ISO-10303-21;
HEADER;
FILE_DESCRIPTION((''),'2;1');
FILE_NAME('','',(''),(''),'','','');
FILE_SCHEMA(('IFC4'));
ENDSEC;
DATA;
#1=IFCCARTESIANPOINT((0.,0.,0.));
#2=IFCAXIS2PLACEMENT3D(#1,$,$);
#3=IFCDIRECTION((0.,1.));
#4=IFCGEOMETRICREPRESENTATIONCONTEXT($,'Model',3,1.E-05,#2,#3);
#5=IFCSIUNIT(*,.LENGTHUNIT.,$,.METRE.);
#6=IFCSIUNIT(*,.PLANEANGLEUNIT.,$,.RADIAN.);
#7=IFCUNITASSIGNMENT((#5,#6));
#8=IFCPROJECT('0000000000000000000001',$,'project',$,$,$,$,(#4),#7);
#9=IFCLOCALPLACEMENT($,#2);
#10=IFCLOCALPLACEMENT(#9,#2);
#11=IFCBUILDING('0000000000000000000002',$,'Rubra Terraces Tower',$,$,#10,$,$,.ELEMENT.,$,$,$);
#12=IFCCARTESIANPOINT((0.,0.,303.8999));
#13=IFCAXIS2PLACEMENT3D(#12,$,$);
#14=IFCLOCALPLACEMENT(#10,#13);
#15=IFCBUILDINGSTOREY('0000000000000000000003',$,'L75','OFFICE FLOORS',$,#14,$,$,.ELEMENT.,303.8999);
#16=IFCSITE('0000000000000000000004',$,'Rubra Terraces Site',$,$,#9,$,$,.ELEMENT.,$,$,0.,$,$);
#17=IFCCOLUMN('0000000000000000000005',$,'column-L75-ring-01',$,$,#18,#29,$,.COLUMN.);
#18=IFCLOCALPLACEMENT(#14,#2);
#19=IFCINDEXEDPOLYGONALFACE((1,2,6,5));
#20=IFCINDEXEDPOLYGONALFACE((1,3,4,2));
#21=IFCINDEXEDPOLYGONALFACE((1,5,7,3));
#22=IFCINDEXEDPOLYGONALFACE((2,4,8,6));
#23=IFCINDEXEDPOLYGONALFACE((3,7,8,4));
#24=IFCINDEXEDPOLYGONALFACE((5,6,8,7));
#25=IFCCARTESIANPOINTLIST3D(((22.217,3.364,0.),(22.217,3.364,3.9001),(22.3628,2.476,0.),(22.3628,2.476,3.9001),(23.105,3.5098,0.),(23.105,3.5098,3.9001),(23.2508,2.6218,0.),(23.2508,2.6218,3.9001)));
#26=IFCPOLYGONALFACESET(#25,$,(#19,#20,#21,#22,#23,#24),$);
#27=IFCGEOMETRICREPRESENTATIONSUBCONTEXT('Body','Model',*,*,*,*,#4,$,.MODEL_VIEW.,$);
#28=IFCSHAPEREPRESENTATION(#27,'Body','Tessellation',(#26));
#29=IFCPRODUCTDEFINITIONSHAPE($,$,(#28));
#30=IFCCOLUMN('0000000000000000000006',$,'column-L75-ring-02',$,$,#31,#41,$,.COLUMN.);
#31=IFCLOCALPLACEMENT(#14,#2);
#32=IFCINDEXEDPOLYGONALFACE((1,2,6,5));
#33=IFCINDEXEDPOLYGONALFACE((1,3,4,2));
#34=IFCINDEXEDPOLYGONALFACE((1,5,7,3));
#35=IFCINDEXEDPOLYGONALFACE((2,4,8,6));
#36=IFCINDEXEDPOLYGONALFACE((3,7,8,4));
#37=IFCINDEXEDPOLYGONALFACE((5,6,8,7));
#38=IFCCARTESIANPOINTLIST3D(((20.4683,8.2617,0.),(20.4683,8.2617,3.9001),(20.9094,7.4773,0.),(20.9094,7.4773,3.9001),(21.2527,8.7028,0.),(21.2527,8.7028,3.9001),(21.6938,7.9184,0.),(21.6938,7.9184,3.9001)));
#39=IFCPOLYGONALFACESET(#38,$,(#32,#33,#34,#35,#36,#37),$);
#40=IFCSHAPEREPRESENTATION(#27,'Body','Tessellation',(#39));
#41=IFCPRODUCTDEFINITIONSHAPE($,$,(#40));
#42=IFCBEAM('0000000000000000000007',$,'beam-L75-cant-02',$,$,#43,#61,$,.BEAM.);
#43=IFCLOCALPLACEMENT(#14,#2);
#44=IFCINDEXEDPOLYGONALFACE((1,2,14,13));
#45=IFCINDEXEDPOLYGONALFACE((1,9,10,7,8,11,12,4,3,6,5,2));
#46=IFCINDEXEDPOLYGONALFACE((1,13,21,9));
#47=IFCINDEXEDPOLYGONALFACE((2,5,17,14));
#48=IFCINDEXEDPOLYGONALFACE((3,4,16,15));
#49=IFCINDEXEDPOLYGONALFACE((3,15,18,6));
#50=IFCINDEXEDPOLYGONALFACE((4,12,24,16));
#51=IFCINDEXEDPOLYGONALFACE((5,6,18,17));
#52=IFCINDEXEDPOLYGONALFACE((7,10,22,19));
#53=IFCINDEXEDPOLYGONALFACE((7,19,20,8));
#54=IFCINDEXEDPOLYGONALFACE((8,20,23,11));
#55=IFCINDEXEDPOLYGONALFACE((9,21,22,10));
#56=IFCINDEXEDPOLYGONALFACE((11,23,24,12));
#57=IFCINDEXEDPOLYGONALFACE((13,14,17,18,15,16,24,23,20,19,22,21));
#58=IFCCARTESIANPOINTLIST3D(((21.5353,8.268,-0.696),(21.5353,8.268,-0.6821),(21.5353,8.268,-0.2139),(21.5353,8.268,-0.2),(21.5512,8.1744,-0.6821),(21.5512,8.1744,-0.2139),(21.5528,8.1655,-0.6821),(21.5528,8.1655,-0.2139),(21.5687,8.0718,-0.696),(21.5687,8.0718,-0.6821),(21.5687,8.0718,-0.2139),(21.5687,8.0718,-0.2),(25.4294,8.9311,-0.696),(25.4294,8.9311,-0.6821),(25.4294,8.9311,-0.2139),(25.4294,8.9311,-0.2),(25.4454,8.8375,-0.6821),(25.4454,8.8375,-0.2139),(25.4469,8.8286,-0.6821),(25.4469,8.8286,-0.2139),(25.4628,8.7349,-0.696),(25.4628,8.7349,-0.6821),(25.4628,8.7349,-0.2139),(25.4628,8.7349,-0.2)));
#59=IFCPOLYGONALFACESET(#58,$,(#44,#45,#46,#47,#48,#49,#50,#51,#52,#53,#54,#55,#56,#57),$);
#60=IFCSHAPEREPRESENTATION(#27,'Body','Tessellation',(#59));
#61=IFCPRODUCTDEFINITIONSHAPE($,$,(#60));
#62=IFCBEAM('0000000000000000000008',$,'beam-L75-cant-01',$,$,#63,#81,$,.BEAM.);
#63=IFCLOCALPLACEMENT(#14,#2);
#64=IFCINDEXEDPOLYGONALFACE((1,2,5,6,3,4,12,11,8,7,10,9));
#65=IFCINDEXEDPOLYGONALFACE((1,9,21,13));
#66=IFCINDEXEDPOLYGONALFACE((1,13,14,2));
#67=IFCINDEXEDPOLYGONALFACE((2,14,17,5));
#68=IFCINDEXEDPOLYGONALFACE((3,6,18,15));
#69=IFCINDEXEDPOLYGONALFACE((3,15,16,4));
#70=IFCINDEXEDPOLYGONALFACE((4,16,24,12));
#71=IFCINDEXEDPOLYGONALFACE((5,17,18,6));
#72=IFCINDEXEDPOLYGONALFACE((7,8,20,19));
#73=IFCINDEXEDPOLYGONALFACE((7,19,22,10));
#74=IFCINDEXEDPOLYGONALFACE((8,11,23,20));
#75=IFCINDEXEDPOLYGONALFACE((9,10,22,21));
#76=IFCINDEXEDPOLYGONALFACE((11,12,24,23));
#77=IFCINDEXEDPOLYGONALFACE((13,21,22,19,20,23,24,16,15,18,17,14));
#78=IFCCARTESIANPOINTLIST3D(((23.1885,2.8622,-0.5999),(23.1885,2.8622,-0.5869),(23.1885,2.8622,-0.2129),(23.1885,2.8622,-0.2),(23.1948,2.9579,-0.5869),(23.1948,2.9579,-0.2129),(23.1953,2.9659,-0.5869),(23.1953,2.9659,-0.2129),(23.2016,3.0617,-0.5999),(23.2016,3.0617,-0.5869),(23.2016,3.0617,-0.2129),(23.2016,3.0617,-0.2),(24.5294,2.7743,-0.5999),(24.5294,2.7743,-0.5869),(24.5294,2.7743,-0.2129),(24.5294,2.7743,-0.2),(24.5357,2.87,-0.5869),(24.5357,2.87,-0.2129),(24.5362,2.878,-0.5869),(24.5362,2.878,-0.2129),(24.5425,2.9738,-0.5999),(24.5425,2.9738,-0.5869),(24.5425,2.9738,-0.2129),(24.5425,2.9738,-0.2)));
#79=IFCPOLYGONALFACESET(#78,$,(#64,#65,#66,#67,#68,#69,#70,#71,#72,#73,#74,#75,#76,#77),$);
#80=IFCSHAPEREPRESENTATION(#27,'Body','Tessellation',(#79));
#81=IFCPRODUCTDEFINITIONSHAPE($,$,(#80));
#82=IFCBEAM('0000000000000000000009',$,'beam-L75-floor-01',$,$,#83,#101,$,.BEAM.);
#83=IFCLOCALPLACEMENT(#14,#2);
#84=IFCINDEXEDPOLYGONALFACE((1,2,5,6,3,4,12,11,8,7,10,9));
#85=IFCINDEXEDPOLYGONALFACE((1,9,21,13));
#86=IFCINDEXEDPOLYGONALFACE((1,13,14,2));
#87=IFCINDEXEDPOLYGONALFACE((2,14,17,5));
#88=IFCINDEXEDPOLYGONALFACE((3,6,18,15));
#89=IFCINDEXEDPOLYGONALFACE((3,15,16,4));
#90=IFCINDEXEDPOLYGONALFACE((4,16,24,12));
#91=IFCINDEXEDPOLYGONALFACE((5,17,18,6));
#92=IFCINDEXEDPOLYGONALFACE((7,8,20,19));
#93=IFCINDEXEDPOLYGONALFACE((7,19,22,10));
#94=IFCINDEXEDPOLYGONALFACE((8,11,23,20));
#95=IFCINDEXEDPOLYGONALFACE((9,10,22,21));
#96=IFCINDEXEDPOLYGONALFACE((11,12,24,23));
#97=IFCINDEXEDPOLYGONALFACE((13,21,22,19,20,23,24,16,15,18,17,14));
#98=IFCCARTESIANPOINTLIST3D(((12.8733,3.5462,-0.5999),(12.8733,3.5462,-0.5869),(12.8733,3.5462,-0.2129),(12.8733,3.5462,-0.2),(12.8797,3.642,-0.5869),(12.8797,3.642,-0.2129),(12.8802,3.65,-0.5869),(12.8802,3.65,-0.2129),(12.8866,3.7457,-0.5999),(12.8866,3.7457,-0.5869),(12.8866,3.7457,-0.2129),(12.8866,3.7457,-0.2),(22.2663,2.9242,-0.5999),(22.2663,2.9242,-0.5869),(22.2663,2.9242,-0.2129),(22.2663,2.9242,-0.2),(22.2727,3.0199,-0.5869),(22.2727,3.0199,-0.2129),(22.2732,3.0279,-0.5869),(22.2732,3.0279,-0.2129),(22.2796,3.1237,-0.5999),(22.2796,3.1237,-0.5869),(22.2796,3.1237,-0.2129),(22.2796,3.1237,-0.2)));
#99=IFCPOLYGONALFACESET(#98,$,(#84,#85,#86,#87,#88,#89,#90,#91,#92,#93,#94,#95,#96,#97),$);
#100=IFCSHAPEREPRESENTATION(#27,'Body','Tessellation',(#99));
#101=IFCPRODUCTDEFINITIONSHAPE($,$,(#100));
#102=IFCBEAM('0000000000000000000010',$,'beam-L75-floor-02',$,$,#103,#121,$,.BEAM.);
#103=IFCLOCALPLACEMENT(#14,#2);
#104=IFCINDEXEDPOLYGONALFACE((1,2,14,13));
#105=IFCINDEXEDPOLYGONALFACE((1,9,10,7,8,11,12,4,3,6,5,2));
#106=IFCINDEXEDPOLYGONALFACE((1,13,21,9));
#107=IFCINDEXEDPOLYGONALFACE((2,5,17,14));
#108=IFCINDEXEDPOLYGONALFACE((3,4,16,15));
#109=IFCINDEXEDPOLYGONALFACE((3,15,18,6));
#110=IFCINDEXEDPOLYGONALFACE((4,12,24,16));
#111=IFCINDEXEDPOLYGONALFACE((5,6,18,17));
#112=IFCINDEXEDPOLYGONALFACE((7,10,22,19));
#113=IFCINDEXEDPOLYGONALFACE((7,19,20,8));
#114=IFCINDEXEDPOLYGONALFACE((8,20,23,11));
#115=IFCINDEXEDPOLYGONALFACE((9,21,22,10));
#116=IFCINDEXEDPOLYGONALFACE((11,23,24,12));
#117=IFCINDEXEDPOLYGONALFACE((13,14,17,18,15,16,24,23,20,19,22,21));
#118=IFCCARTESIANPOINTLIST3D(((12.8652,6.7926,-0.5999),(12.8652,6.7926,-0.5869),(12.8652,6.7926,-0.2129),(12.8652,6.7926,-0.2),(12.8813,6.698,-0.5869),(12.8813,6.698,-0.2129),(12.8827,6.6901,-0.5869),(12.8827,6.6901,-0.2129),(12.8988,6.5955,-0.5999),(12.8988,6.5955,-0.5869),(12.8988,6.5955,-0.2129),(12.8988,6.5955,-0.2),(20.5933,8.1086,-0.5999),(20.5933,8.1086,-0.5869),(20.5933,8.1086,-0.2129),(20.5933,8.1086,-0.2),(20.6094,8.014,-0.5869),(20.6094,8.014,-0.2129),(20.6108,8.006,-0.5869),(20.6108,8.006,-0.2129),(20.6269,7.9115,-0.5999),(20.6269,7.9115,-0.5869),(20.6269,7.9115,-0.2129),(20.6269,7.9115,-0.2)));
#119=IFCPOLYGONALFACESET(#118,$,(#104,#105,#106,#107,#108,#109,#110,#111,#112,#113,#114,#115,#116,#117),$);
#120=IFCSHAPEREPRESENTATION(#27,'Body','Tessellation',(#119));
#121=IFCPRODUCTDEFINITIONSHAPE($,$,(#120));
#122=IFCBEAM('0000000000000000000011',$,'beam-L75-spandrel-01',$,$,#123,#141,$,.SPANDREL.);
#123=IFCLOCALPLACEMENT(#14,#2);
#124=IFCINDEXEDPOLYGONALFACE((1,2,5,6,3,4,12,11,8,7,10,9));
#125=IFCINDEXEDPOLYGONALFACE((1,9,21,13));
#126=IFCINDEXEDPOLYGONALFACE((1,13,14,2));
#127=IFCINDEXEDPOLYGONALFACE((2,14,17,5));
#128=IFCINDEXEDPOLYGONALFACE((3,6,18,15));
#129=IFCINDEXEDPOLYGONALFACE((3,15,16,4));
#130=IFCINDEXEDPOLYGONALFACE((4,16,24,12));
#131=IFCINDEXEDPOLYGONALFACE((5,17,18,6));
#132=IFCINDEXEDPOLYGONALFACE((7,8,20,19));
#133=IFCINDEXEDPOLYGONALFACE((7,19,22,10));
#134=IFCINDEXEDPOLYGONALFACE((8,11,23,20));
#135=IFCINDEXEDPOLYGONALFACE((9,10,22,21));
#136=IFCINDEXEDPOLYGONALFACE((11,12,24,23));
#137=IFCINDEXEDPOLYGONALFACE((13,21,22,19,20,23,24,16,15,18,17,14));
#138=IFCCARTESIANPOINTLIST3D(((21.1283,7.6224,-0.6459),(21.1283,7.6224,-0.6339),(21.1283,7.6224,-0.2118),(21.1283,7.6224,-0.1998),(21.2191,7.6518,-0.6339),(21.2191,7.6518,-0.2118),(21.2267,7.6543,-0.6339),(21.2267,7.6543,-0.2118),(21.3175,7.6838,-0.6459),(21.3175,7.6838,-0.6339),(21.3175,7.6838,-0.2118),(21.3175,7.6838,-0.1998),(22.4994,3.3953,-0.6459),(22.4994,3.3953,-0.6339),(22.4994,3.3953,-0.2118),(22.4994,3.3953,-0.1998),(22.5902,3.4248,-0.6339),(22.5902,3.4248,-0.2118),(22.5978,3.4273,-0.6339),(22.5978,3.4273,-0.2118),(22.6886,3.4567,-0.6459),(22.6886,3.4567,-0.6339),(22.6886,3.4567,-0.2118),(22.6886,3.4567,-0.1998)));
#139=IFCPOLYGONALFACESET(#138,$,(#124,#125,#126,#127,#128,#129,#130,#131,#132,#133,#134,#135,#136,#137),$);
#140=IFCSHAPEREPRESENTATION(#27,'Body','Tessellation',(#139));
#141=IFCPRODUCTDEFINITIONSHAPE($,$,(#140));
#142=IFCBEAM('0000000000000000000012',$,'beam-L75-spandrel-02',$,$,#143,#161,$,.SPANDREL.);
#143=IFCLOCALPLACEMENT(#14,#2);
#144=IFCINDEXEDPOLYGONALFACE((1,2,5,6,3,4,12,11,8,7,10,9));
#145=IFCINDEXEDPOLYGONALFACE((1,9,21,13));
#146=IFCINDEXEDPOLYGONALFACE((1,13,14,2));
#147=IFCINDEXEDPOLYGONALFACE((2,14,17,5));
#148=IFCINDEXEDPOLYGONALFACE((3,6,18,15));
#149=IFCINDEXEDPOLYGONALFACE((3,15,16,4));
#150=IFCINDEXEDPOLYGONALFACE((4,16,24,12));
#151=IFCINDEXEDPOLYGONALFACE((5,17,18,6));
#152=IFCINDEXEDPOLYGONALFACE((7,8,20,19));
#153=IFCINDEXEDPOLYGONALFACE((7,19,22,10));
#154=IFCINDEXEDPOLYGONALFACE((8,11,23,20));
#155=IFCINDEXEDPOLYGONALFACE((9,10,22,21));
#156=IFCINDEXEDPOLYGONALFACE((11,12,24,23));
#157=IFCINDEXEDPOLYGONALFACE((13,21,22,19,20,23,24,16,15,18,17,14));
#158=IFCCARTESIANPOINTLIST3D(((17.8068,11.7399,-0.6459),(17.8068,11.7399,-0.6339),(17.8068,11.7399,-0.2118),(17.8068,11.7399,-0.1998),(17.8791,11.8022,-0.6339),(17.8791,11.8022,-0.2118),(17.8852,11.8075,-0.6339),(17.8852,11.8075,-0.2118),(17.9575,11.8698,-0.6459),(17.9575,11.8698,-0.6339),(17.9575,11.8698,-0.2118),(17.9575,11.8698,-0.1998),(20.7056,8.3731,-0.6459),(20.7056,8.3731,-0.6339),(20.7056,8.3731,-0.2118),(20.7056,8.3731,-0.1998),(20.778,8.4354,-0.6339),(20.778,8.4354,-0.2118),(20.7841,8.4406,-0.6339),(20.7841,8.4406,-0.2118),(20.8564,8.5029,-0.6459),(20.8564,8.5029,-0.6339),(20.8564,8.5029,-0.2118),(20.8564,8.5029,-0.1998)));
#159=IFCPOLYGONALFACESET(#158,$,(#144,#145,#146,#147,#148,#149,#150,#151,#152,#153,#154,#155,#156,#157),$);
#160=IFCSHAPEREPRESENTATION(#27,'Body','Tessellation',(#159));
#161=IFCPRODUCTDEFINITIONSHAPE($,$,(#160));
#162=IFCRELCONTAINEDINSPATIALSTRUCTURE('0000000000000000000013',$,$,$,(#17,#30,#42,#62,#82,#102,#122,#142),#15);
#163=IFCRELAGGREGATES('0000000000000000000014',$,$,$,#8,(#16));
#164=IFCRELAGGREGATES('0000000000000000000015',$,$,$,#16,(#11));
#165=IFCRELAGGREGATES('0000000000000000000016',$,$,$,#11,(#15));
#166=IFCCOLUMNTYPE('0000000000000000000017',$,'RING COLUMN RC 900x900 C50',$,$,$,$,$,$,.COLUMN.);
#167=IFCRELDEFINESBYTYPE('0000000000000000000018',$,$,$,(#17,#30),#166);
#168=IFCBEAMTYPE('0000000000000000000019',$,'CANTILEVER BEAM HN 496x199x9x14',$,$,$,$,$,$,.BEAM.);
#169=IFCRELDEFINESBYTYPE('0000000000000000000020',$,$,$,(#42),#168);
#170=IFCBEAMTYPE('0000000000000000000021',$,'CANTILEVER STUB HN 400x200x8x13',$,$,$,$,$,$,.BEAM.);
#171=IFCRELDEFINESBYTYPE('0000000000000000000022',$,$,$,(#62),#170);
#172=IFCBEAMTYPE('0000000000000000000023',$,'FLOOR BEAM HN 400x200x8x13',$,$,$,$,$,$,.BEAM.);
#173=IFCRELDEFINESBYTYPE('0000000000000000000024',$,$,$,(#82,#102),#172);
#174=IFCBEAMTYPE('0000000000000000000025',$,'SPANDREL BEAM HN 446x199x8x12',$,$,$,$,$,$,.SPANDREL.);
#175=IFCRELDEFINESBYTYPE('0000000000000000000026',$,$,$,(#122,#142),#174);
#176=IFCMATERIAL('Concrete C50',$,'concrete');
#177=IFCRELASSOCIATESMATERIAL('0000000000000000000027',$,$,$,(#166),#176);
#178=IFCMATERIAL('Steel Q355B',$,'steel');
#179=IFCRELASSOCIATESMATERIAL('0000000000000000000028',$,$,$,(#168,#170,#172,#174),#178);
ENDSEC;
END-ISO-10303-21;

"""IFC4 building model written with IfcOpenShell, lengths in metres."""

from ifc_helpers import new_model, si_unit, direction, frame, origin, origin_2d, place, context, subcontext, project, spatial, rectangle, i_section, extrude, material, material_profile, profile_set, type_object, element, save


model = new_model("IFC4")

# Units and contexts
model_context = context("Model", 3, precision=1e-05, world=origin(), true_north=direction((0.0, 1.0)))
body_context = subcontext(model_context, "Body", "Model", "MODEL_VIEW")
ifc_project = project(units=[si_unit("LENGTHUNIT", "METRE"), si_unit("PLANEANGLEUNIT", "RADIAN")], contexts=[model_context])

# Site, building, storey
site_placement = place(None, origin())
site = spatial("IfcSite", under=ifc_project, at=site_placement, Name="Rubra Terraces Site", CompositionType="ELEMENT", RefElevation=0.0)
building_placement = place(site_placement, origin())
building = spatial("IfcBuilding", under=site, at=building_placement, Name="Rubra Terraces Tower", CompositionType="ELEMENT")
storey_placement = place(building_placement, frame((0.0, 0.0, 303.8999)))
storey = spatial("IfcBuildingStorey", under=building, at=storey_placement, Name="L75", Description="OFFICE FLOORS", CompositionType="ELEMENT", Elevation=303.8999)

# Columns
ifc_material_1 = material(Name="Concrete C50", Category="concrete")
ifc_material_profile_1 = material_profile(ifc_material_1, rectangle(XDim=0.8999, YDim=0.8999, at=origin_2d()), Name="RC 900x900")
ifc_profile_set_1 = profile_set([ifc_material_profile_1], Name="Concrete C50")
column_type = type_object("IfcColumnType", Name="RING COLUMN RC 900x900 C50", PredefinedType="COLUMN", material=ifc_profile_set_1)
for number, where, z_axis, x_axis, name in (
    (1, (22.7339, 2.9929, 0.0), (0.0, 0.0, 1.0), (-0.162062, 0.986781, 0.0), "column-L75-ring-01"),
    (2, (21.0811, 8.0901, 0.0), (0.0, 0.0, 1.0), (-0.490162, 0.871631, 0.0), "column-L75-ring-02"),
):
    element("IfcColumn", number, at=place(storey_placement, frame(where, z_axis=z_axis, x_axis=x_axis)), inside=storey, type_object=column_type, Name=name, PredefinedType="COLUMN", context=body_context, shape_type="SweptSolid", body=[
        extrude(rectangle(XDim=0.8999, YDim=0.8999, at=origin_2d()), origin(), (0.0, 0.0, 1.0), 3.9001),
    ])

# Beams
ifc_material_2 = material(Name="Steel Q355B", Category="steel")
ifc_material_profile_2 = material_profile(ifc_material_2, i_section(OverallWidth=0.199, OverallDepth=0.4961, WebThickness=0.009, FlangeThickness=0.0139, at=origin_2d()), Name="HN 496x199x9x14")
ifc_profile_set_2 = profile_set([ifc_material_profile_2], Name="Steel Q355B")
beam_type_1 = type_object("IfcBeamType", Name="CANTILEVER BEAM HN 496x199x9x14", PredefinedType="BEAM", material=ifc_profile_set_2)
beam_1_placement = place(storey_placement, frame((21.552, 8.1699, -0.448), z_axis=(0.98581, 0.167866, 0.0), x_axis=(-0.167866, 0.98581, 0.0)))
element("IfcBeam", 3, at=beam_1_placement, inside=storey, type_object=beam_type_1, Name="beam-L75-cant-02", PredefinedType="BEAM", context=body_context, shape_type="SweptSolid", body=[
    extrude(i_section(OverallWidth=0.199, OverallDepth=0.4961, WebThickness=0.009, FlangeThickness=0.0139, at=origin_2d()), origin(), (0.0, 0.0, 1.0), 3.9502),
])
ifc_material_profile_3 = material_profile(ifc_material_2, i_section(OverallWidth=0.2, OverallDepth=0.3999, WebThickness=0.0081, FlangeThickness=0.0129, at=origin_2d()), Name="HN 400x200x8x13")
ifc_profile_set_3 = profile_set([ifc_material_profile_3], Name="Steel Q355B")
beam_type_2 = type_object("IfcBeamType", Name="CANTILEVER STUB HN 400x200x8x13", PredefinedType="BEAM", material=ifc_profile_set_3)
beam_2_placement = place(storey_placement, frame((23.1951, 2.9619, -0.3999), z_axis=(0.997859, -0.06541, 0.0), x_axis=(0.06541, 0.997859, 0.0)))
element("IfcBeam", 4, at=beam_2_placement, inside=storey, type_object=beam_type_2, Name="beam-L75-cant-01", PredefinedType="BEAM", context=body_context, shape_type="SweptSolid", body=[
    extrude(i_section(OverallWidth=0.2, OverallDepth=0.3999, WebThickness=0.0081, FlangeThickness=0.0129, at=origin_2d()), origin(), (0.0, 0.0, 1.0), 1.3438),
])
ifc_material_profile_4 = material_profile(ifc_material_2, i_section(OverallWidth=0.2, OverallDepth=0.3999, WebThickness=0.0081, FlangeThickness=0.0129, at=origin_2d()), Name="HN 400x200x8x13")
ifc_profile_set_4 = profile_set([ifc_material_profile_4], Name="Steel Q355B")
beam_type_3 = type_object("IfcBeamType", Name="FLOOR BEAM HN 400x200x8x13", PredefinedType="BEAM", material=ifc_profile_set_4)
beam_3_placement = place(storey_placement, frame((22.2729, 3.0239, -0.3999), z_axis=(-0.997814, 0.066082, 0.0), x_axis=(-0.066082, -0.997814, 0.0)))
element("IfcBeam", 5, at=beam_3_placement, inside=storey, type_object=beam_type_3, Name="beam-L75-floor-01", PredefinedType="BEAM", context=body_context, shape_type="SweptSolid", body=[
    extrude(i_section(OverallWidth=0.2, OverallDepth=0.3999, WebThickness=0.0081, FlangeThickness=0.0129, at=origin_2d()), origin(), (0.0, 0.0, 1.0), 9.4136),
])
beam_4_placement = place(storey_placement, frame((20.6101, 8.01, -0.3999), z_axis=(-0.98581, -0.167862, 0.0), x_axis=(0.167862, -0.98581, 0.0)))
element("IfcBeam", 6, at=beam_4_placement, inside=storey, type_object=beam_type_3, Name="beam-L75-floor-02", PredefinedType="BEAM", context=body_context, shape_type="SweptSolid", body=[
    extrude(i_section(OverallWidth=0.2, OverallDepth=0.3999, WebThickness=0.0081, FlangeThickness=0.0129, at=origin_2d()), origin(), (0.0, 0.0, 1.0), 7.8394),
])
ifc_material_profile_5 = material_profile(ifc_material_2, i_section(OverallWidth=0.199, OverallDepth=0.446, WebThickness=0.0081, FlangeThickness=0.012, at=origin_2d()), Name="HN 446x199x8x12")
ifc_profile_set_5 = profile_set([ifc_material_profile_5], Name="Steel Q355B")
beam_type_4 = type_object("IfcBeamType", Name="SPANDREL BEAM HN 446x199x8x12", PredefinedType="SPANDREL", material=ifc_profile_set_5)
beam_5_placement = place(storey_placement, frame((22.594, 3.426, -0.4229), z_axis=(-0.308537, 0.951212, 0.0), x_axis=(-0.951212, -0.308537, 0.0)))
element("IfcBeam", 7, at=beam_5_placement, inside=storey, type_object=beam_type_4, Name="beam-L75-spandrel-01", PredefinedType="SPANDREL", context=body_context, shape_type="SweptSolid", body=[
    extrude(i_section(OverallWidth=0.199, OverallDepth=0.446, WebThickness=0.0081, FlangeThickness=0.012, at=origin_2d()), origin(), (0.0, 0.0, 1.0), 4.4438),
])
beam_6_placement = place(storey_placement, frame((20.781, 8.438, -0.4229), z_axis=(-0.652473, 0.757812, 0.0), x_axis=(-0.757812, -0.652473, 0.0)))
element("IfcBeam", 8, at=beam_6_placement, inside=storey, type_object=beam_type_4, Name="beam-L75-spandrel-02", PredefinedType="SPANDREL", context=body_context, shape_type="SweptSolid", body=[
    extrude(i_section(OverallWidth=0.199, OverallDepth=0.446, WebThickness=0.0081, FlangeThickness=0.012, at=origin_2d()), origin(), (0.0, 0.0, 1.0), 4.4429),
])

save(model, "model.ifc")
